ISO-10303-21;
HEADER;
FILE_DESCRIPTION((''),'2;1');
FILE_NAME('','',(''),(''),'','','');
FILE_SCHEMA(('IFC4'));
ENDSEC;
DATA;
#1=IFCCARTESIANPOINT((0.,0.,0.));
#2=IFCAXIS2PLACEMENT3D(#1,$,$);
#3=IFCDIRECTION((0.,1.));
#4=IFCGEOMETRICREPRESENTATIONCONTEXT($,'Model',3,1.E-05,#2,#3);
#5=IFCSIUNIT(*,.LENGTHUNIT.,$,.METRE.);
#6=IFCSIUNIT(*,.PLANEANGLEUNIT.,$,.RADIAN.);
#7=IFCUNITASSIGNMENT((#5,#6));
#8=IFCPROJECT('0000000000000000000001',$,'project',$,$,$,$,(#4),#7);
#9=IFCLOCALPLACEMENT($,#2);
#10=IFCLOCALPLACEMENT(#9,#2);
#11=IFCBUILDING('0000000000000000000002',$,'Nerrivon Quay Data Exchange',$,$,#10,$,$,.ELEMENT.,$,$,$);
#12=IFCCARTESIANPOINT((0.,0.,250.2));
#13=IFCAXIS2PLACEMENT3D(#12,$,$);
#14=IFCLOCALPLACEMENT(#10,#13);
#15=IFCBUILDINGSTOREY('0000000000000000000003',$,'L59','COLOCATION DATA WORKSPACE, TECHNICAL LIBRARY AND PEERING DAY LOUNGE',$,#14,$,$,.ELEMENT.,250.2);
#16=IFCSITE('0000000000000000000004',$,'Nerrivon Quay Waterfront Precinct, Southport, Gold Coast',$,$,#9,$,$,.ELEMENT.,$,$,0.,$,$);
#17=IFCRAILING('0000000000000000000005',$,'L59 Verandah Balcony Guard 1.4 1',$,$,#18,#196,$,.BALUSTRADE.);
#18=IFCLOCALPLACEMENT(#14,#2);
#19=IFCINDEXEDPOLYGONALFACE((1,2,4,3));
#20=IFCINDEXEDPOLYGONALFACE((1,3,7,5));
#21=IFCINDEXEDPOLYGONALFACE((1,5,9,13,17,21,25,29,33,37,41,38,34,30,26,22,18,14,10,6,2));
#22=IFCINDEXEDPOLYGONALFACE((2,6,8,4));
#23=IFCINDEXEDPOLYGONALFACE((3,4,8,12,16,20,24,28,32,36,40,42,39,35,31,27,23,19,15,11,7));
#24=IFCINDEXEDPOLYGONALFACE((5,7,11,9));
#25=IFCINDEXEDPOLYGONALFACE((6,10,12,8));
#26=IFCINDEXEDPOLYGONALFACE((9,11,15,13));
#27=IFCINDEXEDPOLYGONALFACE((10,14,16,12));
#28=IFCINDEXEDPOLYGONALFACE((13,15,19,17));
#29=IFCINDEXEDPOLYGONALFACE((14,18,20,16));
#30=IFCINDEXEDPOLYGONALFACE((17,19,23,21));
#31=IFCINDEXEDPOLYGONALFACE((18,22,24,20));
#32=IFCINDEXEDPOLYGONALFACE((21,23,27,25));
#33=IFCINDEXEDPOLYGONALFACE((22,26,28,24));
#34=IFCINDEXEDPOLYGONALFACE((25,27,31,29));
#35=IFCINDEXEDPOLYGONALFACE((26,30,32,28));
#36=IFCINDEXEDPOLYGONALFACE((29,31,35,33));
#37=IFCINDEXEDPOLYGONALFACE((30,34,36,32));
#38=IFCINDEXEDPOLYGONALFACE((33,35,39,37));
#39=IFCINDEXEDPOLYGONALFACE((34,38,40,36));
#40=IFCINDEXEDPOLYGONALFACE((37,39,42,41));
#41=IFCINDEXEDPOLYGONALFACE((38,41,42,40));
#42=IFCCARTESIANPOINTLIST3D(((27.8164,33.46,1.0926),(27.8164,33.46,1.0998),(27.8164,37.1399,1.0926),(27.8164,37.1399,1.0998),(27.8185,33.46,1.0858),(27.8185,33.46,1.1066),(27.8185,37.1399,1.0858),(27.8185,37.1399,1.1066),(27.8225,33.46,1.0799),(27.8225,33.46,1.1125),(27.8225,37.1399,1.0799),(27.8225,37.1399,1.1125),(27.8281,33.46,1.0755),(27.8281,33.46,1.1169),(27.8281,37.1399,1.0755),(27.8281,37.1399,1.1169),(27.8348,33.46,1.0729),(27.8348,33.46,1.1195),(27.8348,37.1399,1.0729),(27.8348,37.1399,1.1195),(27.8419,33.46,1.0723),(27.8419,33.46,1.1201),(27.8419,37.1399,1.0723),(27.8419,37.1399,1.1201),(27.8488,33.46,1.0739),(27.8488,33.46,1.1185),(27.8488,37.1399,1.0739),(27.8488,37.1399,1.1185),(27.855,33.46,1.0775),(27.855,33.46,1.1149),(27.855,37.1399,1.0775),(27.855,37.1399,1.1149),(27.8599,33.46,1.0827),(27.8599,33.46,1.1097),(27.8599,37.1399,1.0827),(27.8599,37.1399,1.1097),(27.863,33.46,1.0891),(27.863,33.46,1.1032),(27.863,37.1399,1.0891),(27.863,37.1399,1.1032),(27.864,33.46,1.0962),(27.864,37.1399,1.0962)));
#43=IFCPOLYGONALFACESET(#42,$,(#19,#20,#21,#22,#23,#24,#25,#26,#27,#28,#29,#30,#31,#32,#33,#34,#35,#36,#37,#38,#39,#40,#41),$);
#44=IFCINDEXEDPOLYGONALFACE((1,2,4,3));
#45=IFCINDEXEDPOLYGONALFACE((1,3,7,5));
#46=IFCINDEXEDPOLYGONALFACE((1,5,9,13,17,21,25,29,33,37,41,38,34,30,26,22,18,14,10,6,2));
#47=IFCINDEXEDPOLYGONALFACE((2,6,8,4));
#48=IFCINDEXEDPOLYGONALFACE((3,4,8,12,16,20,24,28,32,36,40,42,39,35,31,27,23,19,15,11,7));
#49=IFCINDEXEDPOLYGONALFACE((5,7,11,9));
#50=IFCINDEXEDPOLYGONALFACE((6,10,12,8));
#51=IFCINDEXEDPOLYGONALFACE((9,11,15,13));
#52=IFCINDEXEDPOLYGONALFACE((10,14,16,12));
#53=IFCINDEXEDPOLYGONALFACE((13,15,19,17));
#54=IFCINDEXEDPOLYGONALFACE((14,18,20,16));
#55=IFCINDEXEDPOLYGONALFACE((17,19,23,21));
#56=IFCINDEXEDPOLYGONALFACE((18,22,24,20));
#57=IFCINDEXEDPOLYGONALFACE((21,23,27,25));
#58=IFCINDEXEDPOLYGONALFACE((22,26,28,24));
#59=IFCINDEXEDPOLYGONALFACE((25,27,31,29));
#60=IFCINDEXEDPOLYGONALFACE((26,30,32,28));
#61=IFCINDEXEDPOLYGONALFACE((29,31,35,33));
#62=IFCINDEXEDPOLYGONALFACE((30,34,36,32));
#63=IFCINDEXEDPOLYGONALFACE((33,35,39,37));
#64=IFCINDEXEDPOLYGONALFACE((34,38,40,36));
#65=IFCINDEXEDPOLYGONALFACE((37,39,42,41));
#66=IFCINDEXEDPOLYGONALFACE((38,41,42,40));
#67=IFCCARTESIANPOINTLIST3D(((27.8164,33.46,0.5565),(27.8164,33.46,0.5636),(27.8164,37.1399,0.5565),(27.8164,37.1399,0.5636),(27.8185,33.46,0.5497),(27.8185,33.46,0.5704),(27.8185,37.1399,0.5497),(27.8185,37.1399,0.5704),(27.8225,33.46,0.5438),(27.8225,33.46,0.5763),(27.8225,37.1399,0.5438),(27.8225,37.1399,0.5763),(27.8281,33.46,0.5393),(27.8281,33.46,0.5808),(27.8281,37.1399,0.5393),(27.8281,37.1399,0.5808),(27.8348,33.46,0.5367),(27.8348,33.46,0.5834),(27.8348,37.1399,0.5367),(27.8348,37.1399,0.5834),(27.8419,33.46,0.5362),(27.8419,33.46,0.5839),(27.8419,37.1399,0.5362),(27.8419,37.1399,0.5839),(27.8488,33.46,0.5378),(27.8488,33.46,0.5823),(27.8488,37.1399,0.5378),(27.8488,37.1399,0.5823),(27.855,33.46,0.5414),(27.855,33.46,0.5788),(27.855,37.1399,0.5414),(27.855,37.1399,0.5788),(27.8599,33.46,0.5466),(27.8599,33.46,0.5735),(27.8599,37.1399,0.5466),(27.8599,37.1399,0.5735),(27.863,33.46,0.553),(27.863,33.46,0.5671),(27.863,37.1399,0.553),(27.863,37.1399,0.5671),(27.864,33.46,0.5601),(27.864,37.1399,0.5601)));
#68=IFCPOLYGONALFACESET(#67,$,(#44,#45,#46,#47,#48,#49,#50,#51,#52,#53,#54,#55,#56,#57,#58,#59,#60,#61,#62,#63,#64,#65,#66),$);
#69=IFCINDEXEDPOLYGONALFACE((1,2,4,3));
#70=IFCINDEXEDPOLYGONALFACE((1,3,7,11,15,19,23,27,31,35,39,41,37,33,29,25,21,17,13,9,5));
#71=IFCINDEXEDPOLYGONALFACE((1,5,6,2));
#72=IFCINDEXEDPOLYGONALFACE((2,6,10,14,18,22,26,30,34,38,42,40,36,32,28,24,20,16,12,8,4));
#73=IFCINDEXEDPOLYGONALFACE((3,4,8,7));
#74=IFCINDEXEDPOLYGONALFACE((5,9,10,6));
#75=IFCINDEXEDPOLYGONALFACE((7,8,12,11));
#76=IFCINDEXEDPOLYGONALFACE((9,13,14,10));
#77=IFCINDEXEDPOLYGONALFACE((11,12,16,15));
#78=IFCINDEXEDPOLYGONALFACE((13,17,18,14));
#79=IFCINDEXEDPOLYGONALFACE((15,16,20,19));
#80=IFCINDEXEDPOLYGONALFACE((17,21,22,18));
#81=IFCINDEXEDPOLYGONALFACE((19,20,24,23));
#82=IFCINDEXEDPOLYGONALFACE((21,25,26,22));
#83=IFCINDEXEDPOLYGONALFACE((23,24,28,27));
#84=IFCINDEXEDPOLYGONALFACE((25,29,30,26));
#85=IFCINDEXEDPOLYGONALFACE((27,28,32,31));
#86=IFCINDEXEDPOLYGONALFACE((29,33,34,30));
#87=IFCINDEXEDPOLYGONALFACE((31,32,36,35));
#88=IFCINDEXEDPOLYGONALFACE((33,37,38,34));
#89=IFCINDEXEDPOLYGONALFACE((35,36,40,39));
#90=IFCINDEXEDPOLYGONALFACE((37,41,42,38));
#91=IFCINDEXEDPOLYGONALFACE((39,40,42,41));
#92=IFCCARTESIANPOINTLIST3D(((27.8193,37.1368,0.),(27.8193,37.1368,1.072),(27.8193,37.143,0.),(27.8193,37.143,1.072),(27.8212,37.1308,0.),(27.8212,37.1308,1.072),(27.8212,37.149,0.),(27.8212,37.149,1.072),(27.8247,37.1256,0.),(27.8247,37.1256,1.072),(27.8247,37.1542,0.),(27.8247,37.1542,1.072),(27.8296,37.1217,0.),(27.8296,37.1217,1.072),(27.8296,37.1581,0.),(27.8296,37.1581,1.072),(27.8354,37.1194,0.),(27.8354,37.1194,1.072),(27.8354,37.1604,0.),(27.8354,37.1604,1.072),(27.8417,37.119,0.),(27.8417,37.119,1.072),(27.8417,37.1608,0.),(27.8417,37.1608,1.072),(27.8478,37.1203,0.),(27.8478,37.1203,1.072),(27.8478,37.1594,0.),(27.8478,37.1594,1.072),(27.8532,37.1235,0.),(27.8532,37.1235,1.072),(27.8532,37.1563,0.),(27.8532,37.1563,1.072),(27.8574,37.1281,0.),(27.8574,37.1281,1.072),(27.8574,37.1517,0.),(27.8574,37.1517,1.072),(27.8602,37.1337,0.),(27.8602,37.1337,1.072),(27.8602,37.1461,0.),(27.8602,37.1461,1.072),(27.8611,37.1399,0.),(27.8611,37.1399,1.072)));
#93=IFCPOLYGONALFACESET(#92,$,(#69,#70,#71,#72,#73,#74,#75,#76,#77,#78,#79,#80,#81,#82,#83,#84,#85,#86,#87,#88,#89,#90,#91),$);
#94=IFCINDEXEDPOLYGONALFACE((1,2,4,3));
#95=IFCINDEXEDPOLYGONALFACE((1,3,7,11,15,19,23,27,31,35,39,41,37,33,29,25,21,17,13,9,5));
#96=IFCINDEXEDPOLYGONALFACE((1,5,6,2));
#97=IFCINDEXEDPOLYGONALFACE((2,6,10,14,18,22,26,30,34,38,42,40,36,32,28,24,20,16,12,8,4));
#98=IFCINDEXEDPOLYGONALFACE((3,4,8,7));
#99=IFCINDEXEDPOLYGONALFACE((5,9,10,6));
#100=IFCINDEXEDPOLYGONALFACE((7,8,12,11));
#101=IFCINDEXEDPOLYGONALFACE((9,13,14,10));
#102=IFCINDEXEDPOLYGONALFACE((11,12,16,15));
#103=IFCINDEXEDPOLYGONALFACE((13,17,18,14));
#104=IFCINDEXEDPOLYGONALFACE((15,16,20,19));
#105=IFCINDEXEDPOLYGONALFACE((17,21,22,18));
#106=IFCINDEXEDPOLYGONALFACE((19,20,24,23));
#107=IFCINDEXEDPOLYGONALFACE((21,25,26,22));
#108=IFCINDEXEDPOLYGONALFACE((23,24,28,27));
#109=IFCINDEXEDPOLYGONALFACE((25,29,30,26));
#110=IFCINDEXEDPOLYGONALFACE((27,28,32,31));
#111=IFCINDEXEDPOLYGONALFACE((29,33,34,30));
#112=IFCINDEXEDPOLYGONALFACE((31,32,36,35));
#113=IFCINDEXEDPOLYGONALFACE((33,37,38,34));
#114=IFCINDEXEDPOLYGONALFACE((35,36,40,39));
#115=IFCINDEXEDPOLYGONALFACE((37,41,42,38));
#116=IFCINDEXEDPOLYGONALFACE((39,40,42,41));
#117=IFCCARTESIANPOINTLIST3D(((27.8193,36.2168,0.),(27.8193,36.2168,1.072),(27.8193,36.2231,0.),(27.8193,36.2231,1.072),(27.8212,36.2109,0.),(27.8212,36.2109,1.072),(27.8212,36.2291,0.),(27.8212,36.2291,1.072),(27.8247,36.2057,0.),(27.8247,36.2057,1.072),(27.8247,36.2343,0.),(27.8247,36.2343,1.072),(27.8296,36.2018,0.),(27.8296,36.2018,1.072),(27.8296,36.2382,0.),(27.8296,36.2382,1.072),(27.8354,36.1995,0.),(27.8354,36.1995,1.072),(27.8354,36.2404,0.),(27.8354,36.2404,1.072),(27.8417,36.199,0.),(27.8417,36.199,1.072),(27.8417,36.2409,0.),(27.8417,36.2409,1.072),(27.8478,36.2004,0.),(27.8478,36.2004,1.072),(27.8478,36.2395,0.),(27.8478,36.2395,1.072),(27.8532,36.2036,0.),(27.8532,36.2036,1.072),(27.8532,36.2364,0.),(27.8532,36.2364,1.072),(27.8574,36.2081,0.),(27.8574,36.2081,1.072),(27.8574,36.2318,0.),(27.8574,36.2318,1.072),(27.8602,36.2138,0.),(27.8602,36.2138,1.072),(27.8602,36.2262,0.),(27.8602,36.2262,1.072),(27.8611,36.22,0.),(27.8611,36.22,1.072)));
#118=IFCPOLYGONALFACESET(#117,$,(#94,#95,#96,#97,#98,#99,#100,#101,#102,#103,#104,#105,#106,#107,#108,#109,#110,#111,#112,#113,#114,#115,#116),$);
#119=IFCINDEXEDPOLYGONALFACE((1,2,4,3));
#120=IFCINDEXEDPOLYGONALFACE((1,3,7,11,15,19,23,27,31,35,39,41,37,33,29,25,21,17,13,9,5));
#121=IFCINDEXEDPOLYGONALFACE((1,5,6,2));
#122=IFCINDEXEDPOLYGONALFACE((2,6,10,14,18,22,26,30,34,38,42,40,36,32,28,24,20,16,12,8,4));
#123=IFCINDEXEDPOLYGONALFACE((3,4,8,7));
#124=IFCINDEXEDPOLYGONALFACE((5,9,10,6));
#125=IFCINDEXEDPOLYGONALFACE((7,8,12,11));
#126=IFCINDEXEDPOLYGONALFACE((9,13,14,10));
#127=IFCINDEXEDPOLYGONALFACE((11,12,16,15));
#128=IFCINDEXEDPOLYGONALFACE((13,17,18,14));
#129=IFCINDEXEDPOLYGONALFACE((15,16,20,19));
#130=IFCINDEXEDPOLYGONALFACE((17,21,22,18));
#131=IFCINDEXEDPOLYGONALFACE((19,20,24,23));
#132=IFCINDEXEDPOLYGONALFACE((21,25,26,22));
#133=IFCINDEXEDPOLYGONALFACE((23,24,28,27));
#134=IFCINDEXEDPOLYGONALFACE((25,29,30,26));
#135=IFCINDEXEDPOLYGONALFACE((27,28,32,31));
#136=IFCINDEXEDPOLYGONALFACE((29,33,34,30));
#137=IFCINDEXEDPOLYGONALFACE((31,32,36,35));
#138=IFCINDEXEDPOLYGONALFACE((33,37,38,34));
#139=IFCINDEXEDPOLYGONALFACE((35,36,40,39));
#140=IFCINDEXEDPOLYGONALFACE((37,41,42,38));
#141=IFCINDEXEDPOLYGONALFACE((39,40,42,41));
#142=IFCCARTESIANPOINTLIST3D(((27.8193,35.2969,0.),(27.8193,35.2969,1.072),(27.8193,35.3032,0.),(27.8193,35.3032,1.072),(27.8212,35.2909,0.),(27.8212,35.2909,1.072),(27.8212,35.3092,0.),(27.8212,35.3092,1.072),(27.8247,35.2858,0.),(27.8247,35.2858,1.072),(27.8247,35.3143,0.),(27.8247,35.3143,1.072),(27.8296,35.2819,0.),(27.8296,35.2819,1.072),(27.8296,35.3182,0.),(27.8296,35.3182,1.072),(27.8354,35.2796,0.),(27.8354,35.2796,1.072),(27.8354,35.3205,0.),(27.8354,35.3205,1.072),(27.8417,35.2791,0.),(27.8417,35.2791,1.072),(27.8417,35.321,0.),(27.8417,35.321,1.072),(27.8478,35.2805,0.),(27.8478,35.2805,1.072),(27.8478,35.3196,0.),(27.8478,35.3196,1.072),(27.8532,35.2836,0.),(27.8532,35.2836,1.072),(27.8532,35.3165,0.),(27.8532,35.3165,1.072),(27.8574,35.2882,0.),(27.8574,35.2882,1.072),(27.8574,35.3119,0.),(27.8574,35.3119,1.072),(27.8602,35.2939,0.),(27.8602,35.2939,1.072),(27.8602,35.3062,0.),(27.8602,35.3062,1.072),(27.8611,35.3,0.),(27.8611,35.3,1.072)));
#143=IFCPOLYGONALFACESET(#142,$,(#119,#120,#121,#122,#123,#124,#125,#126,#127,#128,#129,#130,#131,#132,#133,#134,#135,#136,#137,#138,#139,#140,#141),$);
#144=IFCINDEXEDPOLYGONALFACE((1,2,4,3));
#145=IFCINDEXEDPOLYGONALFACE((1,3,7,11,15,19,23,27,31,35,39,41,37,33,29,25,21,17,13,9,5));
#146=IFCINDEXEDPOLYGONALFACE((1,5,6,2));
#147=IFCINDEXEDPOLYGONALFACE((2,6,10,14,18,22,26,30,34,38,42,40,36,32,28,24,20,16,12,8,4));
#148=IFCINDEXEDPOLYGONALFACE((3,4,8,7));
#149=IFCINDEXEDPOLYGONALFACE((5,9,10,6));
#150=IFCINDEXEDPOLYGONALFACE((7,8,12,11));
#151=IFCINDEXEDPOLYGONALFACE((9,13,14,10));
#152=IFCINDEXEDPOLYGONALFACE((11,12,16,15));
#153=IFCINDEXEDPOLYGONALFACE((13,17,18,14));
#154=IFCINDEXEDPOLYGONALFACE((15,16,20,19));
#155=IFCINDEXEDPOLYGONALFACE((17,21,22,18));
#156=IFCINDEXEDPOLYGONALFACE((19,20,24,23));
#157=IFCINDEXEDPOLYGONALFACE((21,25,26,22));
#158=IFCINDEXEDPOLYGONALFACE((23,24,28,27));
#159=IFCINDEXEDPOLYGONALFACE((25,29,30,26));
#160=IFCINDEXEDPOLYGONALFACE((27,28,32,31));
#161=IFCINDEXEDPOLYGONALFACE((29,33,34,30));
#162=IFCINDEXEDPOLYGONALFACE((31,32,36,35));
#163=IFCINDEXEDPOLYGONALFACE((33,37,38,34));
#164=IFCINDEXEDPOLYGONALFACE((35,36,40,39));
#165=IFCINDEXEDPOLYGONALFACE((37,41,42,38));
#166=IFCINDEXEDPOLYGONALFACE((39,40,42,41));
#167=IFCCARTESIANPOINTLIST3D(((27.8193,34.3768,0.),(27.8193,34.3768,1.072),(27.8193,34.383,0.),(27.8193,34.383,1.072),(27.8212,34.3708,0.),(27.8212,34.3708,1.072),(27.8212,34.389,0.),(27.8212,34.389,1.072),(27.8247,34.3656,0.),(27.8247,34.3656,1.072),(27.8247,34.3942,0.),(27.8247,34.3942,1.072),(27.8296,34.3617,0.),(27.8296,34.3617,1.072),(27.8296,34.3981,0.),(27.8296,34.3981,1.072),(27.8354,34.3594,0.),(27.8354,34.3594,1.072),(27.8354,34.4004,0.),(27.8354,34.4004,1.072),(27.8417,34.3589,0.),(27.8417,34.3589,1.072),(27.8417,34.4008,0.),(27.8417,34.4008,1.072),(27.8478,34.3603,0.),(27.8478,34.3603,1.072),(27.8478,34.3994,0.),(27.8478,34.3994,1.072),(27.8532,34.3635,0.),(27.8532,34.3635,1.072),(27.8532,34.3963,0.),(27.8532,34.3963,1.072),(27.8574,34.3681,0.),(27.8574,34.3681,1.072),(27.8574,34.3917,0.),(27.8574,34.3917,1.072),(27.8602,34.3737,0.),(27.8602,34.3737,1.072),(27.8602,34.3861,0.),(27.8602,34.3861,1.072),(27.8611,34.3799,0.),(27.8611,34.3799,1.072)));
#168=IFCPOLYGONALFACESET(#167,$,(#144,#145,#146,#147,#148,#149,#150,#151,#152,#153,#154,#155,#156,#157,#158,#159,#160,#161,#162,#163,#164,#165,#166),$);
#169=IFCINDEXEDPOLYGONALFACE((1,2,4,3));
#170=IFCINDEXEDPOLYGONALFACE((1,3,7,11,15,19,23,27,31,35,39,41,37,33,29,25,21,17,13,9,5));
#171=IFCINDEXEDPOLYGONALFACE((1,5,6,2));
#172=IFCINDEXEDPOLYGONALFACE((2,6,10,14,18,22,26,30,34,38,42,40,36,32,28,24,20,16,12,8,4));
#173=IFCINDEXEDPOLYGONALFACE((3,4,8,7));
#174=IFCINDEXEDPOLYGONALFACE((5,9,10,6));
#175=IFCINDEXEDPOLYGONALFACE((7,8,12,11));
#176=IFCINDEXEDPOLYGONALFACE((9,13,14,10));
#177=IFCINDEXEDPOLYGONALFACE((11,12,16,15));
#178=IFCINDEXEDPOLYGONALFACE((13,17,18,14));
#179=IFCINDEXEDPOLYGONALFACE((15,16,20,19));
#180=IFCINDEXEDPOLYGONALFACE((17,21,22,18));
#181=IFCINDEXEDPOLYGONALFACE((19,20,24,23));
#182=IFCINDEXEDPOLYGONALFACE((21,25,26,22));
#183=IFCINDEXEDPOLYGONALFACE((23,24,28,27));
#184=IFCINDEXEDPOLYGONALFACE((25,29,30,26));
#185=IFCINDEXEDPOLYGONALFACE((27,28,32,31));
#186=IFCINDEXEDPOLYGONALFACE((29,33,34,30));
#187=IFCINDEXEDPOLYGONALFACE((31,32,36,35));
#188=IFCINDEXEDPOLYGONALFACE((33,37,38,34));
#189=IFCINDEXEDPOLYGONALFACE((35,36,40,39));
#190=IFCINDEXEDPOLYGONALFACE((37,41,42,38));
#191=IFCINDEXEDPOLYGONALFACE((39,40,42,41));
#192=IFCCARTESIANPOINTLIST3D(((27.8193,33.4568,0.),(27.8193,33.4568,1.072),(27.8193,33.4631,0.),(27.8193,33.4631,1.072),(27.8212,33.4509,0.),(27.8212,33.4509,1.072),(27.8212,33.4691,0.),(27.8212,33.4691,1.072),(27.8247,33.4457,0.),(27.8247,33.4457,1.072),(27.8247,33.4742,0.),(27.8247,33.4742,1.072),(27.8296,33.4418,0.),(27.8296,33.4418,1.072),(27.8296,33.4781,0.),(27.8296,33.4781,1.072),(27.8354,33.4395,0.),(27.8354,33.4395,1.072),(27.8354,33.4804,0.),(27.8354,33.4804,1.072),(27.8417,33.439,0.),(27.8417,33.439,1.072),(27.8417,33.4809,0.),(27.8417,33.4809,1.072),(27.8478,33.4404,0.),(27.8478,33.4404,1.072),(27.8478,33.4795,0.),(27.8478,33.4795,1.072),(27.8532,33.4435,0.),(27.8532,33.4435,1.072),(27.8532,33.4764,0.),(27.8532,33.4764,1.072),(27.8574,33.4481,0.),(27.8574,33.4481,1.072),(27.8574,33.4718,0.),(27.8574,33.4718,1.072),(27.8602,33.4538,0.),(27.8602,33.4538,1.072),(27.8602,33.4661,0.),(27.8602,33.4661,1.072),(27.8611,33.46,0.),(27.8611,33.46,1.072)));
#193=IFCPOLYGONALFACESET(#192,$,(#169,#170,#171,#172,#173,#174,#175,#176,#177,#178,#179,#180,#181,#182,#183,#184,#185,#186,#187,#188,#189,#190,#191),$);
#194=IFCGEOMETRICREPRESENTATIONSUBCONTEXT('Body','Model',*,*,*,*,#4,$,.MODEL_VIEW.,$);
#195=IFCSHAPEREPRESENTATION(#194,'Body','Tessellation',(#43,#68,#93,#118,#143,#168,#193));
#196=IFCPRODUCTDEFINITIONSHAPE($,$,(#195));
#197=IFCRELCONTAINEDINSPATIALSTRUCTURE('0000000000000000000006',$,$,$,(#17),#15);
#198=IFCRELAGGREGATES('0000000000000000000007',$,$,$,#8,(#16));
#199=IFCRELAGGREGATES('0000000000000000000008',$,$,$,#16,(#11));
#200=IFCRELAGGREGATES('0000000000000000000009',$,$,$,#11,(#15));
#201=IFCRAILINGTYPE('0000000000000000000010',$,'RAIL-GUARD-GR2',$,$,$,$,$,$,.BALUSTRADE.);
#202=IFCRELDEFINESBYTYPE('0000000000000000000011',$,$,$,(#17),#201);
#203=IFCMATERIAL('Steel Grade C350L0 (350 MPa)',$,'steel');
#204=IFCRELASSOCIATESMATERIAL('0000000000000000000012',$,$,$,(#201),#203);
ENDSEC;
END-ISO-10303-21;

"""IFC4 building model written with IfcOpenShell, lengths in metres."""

from ifc_helpers import new_model, si_unit, direction, frame, origin, origin_2d, place, context, subcontext, project, spatial, circle, extrude, material, type_object, element, save


model = new_model("IFC4")

# Units and contexts
model_context = context("Model", 3, precision=1e-05, world=origin(), true_north=direction((0.0, 1.0)))
body_context = subcontext(model_context, "Body", "Model", "MODEL_VIEW")
ifc_project = project(units=[si_unit("LENGTHUNIT", "METRE"), si_unit("PLANEANGLEUNIT", "RADIAN")], contexts=[model_context])

# Site, building, storey
site_placement = place(None, origin())
site = spatial("IfcSite", under=ifc_project, at=site_placement, Name="Nerrivon Quay Waterfront Precinct, Southport, Gold Coast", CompositionType="ELEMENT", RefElevation=0.0)
building_placement = place(site_placement, origin())
building = spatial("IfcBuilding", under=site, at=building_placement, Name="Nerrivon Quay Data Exchange", CompositionType="ELEMENT")
storey_placement = place(building_placement, frame((0.0, 0.0, 250.2)))
storey = spatial("IfcBuildingStorey", under=building, at=storey_placement, Name="L59", Description="COLOCATION DATA WORKSPACE, TECHNICAL LIBRARY AND PEERING DAY LOUNGE", CompositionType="ELEMENT", Elevation=250.2)

# Shared definitions
ifc_material_1 = material(Name="Steel Grade C350L0 (350 MPa)", Category="steel")

# Railing
railing_type = type_object("IfcRailingType", Name="RAIL-GUARD-GR2", PredefinedType="BALUSTRADE", material=ifc_material_1)
railing_1_placement = place(storey_placement, frame((27.8401, 37.1399, 0.0)))
element("IfcRailing", 1, at=railing_1_placement, inside=storey, type_object=railing_type, Name="L59 Verandah Balcony Guard 1.4 1", PredefinedType="BALUSTRADE", context=body_context, shape_type="SweptSolid", body=[
    extrude(circle(Radius=0.0239, at=origin_2d()), frame((0.0, 0.0, 1.0962), z_axis=(0.0, -1.0, 0.0), x_axis=(1.0, 0.0, 0.0)), (0.0, 0.0, 1.0), 3.6799),
    extrude(circle(Radius=0.0239, at=origin_2d()), frame((0.0, 0.0, 0.5601), z_axis=(0.0, -1.0, 0.0), x_axis=(1.0, 0.0, 0.0)), (0.0, 0.0, 1.0), 3.6799),
    extrude(circle(Radius=0.021, at=origin_2d()), origin(), (0.0, 0.0, 1.0), 1.072),
    extrude(circle(Radius=0.021, at=origin_2d()), frame((0.0, -0.9199, 0.0)), (0.0, 0.0, 1.0), 1.072),
    extrude(circle(Radius=0.021, at=origin_2d()), frame((0.0, -1.8398, 0.0)), (0.0, 0.0, 1.0), 1.072),
    extrude(circle(Radius=0.021, at=origin_2d()), frame((0.0, -2.76, 0.0)), (0.0, 0.0, 1.0), 1.072),
    extrude(circle(Radius=0.021, at=origin_2d()), frame((0.0, -3.6799, 0.0)), (0.0, 0.0, 1.0), 1.072),
])

save(model, "model.ifc")
